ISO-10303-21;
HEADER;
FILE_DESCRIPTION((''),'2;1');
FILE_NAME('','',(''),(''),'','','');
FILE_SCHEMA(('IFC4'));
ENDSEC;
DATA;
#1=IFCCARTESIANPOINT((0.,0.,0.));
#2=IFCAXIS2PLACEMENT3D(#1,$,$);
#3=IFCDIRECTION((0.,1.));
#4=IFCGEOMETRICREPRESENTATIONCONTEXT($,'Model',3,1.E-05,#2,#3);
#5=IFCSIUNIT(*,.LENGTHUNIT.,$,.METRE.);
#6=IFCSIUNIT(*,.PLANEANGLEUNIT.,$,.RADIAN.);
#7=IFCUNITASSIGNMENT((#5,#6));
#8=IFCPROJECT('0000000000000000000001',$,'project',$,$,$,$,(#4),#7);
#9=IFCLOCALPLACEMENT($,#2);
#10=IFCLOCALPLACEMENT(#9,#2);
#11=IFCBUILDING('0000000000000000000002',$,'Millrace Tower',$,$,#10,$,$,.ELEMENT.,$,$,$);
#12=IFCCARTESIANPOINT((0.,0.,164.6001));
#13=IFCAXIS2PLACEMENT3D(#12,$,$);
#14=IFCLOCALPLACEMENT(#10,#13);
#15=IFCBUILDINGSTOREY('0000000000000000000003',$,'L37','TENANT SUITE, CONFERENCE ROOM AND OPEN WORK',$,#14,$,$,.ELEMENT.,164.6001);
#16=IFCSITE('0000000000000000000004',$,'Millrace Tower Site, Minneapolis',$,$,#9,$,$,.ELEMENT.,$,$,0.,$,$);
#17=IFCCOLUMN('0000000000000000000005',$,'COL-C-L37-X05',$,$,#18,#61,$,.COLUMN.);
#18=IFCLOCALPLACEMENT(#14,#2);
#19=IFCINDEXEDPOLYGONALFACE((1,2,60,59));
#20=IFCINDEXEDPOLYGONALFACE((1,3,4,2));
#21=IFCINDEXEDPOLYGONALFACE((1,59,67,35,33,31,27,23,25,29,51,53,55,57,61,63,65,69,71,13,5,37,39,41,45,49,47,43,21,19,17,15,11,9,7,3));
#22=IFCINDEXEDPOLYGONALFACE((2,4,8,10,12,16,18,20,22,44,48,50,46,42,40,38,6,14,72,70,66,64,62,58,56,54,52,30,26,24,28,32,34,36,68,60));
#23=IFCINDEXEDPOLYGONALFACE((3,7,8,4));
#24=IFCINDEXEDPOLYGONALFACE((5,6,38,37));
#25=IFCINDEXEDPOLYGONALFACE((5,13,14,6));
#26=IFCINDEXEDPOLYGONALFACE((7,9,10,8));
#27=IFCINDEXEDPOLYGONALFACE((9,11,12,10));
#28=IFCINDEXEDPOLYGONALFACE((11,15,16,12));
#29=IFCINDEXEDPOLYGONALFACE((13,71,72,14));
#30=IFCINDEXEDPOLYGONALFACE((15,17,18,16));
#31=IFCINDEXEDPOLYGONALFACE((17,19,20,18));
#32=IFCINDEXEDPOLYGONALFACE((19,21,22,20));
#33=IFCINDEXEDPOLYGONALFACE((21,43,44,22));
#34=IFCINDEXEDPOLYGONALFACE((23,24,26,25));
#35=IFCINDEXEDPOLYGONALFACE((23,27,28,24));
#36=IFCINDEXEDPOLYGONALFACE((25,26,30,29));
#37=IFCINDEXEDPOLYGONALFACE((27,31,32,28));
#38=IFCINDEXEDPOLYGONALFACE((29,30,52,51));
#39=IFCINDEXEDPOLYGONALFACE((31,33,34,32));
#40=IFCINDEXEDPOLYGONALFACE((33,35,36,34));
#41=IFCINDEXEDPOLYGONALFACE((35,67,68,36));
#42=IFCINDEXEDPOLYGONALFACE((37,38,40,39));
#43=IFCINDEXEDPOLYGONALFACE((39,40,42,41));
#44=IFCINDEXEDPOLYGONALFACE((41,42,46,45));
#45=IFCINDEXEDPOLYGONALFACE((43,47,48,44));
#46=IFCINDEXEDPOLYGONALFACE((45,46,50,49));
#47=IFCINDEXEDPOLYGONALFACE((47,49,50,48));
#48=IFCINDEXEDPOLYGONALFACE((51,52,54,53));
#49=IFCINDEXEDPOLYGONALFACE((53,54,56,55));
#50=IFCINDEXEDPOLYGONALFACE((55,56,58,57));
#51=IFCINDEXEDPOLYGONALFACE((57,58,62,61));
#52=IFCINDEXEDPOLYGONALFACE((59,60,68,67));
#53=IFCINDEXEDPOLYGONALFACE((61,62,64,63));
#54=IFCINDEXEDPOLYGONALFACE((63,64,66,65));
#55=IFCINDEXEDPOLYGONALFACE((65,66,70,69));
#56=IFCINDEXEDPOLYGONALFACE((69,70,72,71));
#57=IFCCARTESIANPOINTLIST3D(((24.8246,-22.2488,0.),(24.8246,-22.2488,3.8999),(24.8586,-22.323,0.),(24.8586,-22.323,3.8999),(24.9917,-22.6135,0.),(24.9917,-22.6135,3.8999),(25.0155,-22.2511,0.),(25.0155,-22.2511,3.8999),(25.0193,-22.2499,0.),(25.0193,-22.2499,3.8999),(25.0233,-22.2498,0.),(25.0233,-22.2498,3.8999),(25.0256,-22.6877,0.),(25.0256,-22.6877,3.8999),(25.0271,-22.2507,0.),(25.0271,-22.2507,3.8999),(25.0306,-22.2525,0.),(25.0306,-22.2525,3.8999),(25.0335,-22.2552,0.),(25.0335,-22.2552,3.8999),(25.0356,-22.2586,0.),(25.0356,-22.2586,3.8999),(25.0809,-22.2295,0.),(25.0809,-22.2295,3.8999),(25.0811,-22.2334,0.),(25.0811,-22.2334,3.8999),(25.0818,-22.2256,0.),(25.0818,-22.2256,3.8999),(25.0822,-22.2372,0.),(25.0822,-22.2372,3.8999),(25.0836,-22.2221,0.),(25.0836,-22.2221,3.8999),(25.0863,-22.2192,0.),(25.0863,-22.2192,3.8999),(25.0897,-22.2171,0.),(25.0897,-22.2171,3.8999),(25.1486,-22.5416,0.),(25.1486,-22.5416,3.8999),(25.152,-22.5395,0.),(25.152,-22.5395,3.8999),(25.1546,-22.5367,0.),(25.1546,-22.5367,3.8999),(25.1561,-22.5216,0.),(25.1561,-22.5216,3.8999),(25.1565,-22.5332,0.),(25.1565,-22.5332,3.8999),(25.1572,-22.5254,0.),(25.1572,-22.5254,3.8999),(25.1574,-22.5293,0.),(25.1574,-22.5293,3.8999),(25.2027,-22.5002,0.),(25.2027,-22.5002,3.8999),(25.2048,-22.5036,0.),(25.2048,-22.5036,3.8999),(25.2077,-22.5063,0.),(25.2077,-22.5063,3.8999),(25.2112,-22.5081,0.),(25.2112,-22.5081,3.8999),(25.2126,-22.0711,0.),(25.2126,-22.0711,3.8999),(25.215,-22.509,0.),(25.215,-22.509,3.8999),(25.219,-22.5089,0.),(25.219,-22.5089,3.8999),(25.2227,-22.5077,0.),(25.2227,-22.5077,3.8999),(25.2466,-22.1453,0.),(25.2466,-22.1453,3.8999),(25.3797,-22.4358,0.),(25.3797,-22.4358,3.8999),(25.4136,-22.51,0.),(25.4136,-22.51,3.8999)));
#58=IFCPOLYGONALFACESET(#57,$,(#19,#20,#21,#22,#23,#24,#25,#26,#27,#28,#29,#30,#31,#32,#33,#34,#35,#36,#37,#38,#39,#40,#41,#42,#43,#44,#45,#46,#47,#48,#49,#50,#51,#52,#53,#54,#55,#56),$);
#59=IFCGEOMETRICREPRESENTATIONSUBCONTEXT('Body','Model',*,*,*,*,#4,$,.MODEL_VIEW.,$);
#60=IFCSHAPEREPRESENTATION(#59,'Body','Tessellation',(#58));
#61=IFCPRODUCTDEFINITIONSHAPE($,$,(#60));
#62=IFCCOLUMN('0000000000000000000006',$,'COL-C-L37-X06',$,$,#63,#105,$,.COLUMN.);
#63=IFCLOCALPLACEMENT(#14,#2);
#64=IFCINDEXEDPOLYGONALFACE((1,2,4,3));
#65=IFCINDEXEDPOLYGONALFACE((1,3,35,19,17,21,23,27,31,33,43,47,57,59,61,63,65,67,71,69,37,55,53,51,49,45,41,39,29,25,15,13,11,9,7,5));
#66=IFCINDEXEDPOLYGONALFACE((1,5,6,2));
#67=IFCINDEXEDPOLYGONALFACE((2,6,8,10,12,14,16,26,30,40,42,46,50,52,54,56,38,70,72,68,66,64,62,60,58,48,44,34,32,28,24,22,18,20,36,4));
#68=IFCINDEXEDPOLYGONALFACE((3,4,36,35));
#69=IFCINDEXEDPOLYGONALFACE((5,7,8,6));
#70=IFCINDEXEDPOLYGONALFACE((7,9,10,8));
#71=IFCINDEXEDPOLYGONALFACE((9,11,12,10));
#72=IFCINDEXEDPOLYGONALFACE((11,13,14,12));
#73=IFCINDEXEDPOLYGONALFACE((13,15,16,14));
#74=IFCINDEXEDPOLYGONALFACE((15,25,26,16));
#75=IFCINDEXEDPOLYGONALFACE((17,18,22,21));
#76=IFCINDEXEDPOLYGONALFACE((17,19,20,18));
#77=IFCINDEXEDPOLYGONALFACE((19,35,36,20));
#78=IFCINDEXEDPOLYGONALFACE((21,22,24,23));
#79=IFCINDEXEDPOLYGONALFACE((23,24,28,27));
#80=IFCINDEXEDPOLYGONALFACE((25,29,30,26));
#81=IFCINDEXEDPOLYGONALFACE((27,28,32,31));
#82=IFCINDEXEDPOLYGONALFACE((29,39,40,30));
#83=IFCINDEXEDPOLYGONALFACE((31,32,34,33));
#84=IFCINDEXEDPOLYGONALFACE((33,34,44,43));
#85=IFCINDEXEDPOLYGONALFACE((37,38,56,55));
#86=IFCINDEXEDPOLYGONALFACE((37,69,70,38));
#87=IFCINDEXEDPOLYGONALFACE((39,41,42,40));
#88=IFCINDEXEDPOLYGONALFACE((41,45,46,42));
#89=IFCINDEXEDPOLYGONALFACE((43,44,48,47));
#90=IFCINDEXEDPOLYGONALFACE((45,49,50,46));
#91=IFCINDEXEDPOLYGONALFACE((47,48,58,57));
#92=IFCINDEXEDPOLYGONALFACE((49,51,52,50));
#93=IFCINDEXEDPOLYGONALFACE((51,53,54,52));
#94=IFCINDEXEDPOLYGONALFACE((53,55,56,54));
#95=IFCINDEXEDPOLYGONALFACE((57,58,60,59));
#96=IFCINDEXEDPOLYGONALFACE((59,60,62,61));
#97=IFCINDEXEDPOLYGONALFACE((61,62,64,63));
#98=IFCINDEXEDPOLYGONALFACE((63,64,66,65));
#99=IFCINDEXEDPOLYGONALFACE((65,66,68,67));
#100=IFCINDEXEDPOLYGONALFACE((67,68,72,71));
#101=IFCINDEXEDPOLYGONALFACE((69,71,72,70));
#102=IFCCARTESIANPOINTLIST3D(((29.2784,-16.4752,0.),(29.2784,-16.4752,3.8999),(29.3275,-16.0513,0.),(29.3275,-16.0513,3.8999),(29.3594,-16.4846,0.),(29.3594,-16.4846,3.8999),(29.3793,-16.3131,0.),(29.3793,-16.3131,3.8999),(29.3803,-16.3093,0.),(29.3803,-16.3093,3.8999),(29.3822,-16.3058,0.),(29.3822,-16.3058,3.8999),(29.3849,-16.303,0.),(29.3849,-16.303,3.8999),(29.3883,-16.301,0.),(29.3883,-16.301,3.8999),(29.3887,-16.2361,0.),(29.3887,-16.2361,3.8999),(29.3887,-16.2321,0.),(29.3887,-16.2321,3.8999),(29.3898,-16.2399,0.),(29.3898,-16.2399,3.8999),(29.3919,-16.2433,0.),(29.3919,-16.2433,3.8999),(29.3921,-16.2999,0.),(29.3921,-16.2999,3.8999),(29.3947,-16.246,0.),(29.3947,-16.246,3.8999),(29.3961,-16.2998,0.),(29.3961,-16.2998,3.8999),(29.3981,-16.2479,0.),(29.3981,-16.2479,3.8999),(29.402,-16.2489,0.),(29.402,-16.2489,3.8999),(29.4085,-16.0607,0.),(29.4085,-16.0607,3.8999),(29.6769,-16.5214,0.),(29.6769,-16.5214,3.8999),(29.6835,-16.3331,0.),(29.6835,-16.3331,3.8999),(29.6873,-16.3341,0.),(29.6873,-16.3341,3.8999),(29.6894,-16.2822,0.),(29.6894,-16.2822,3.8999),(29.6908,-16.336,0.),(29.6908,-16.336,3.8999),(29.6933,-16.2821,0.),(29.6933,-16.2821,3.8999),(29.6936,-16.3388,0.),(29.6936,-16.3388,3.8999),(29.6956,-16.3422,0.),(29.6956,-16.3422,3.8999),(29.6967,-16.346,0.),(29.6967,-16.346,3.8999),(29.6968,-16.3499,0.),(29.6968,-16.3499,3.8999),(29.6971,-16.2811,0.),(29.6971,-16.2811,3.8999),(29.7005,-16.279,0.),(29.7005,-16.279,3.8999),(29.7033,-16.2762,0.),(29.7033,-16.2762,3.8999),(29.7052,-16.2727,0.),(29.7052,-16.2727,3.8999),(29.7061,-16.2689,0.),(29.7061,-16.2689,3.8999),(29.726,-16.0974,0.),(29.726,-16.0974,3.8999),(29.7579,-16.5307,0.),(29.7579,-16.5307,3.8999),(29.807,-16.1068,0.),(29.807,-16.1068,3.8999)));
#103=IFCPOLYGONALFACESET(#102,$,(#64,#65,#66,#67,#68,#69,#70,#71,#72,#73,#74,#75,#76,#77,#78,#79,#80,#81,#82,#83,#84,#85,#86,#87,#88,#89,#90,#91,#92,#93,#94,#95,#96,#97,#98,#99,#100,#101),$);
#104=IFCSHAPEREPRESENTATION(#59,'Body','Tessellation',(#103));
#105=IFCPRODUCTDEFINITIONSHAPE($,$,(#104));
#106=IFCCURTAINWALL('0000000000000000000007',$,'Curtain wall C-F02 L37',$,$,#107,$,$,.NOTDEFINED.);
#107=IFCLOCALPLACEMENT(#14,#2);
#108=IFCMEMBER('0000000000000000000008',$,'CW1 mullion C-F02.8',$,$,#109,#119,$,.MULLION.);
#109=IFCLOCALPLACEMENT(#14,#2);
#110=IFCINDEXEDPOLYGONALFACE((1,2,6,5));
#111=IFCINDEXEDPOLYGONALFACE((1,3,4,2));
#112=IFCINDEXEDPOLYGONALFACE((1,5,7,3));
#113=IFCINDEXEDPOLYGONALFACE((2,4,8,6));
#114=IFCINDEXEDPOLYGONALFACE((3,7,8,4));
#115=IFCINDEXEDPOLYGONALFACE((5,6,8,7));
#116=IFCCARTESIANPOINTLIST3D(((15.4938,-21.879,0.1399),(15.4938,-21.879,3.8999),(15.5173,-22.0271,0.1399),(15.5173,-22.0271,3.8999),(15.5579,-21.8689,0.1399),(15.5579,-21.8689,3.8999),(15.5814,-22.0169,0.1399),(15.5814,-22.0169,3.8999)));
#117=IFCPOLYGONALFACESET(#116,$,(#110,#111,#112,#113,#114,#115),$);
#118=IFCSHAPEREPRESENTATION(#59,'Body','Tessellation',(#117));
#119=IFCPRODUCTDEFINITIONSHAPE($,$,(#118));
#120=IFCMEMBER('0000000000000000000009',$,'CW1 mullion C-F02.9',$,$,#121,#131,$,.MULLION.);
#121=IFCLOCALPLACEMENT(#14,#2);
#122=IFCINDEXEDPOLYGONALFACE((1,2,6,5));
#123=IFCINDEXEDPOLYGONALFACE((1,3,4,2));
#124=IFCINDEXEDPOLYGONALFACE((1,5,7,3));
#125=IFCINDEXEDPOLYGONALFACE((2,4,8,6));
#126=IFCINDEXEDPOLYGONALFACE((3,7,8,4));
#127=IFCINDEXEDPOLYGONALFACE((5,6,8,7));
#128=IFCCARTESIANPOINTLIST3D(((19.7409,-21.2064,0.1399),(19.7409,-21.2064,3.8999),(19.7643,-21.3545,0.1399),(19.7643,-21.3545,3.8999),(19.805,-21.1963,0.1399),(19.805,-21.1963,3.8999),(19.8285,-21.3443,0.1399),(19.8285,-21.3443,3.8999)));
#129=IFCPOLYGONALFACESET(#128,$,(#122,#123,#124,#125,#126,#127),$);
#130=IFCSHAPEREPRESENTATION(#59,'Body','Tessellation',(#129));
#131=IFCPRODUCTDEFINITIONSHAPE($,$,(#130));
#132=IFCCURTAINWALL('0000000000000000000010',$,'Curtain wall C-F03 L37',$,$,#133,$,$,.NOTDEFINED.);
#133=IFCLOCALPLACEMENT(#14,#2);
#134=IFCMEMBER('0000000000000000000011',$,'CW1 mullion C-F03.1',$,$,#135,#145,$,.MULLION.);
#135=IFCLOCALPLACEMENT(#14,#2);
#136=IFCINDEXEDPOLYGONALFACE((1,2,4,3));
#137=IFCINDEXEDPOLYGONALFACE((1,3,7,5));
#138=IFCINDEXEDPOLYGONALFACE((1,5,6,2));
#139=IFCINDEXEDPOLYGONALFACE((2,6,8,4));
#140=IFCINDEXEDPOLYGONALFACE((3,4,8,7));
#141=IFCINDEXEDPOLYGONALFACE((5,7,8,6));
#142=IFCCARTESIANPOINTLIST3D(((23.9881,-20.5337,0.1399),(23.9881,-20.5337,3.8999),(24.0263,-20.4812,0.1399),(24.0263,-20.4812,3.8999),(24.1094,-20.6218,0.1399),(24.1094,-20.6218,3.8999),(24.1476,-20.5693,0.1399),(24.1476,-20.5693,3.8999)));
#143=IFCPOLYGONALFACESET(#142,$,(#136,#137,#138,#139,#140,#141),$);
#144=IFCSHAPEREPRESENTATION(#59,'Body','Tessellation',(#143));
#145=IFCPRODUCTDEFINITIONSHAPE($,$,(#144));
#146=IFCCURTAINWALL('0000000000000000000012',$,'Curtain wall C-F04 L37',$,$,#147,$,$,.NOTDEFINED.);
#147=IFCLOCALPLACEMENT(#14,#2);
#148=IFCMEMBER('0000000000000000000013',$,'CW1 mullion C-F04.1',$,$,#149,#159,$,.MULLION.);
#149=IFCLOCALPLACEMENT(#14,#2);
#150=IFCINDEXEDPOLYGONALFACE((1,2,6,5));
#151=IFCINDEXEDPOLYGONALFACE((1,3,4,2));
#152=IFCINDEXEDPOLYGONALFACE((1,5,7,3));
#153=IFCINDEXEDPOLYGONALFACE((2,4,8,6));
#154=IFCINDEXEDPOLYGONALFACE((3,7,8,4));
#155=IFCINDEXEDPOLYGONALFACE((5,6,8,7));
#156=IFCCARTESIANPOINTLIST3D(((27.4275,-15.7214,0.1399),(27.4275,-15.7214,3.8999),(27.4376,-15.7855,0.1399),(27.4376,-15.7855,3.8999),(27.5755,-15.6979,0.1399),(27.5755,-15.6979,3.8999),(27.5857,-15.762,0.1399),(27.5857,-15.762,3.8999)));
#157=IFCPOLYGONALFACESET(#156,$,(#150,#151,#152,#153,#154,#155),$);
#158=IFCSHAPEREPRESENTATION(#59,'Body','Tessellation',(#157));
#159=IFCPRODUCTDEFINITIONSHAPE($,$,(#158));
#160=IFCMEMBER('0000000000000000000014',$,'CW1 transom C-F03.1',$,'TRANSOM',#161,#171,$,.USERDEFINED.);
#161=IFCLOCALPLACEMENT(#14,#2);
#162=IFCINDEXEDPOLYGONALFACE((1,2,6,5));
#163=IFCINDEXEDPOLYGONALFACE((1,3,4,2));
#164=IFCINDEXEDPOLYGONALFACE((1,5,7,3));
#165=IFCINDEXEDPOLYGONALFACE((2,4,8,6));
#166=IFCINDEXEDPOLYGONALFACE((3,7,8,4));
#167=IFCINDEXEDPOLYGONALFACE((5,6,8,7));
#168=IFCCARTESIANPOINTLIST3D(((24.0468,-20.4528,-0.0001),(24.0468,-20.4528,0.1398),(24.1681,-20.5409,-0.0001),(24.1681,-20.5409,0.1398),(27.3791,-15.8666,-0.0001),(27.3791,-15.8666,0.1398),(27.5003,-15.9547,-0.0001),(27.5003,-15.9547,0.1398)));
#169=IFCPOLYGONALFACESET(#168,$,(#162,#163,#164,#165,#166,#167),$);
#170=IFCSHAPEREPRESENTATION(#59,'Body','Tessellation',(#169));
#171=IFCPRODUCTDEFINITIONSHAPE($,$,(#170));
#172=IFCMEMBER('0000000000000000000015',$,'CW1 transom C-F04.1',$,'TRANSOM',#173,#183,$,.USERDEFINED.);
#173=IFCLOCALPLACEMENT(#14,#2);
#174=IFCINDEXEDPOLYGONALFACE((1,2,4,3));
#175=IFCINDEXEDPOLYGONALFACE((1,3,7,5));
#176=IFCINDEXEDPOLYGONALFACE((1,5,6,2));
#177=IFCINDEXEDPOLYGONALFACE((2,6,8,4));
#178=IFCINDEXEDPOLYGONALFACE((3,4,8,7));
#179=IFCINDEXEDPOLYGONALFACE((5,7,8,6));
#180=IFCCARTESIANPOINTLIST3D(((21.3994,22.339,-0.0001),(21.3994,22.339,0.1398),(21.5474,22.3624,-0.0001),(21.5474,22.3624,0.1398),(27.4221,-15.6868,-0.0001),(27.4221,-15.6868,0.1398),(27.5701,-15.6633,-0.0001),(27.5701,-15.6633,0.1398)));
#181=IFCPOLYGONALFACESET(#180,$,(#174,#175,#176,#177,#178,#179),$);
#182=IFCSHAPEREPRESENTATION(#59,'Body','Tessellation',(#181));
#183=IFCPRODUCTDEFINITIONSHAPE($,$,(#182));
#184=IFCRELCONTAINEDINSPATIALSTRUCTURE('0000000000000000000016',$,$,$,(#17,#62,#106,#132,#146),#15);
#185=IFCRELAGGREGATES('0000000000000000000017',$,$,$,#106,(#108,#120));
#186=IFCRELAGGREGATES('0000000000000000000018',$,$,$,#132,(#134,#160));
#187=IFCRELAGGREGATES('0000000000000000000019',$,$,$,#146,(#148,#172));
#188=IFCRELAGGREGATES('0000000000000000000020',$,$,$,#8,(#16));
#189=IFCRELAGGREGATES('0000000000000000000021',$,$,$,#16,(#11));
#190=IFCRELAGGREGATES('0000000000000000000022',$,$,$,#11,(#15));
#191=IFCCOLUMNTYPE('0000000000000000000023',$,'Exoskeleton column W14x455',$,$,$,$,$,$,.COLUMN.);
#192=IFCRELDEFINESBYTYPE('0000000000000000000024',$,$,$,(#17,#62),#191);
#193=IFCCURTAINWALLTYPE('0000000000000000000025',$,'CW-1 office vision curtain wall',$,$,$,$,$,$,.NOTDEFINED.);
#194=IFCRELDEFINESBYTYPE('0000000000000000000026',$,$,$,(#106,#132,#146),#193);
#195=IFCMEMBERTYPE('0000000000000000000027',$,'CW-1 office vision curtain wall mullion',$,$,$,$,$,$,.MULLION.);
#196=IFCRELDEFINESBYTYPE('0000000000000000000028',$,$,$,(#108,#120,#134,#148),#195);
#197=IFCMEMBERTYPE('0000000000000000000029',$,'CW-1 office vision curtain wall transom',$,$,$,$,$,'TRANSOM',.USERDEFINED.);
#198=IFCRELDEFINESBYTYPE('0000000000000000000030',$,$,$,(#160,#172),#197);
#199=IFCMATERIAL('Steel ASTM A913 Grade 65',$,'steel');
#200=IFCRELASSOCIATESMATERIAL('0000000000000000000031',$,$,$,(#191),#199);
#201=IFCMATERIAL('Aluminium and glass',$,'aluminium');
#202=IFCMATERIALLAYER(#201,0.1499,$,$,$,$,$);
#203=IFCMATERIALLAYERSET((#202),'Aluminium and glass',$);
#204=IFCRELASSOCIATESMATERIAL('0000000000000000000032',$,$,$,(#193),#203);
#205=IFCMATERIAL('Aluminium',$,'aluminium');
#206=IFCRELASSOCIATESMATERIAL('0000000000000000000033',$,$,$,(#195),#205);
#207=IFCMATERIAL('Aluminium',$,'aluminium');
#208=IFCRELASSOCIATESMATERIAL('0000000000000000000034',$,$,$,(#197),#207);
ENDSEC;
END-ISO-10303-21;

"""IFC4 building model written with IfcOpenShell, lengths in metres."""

from ifc_helpers import new_model, si_unit, direction, frame, origin, origin_2d, place, context, subcontext, project, spatial, rectangle, i_section, extrude, material, layer, layer_set, material_profile, profile_set, type_object, element, aggregate, save


model = new_model("IFC4")

# Units and contexts
model_context = context("Model", 3, precision=1e-05, world=origin(), true_north=direction((0.0, 1.0)))
body_context = subcontext(model_context, "Body", "Model", "MODEL_VIEW")
ifc_project = project(units=[si_unit("LENGTHUNIT", "METRE"), si_unit("PLANEANGLEUNIT", "RADIAN")], contexts=[model_context])

# Site, building, storey
site_placement = place(None, origin())
site = spatial("IfcSite", under=ifc_project, at=site_placement, Name="Millrace Tower Site, Minneapolis", CompositionType="ELEMENT", RefElevation=0.0)
building_placement = place(site_placement, origin())
building = spatial("IfcBuilding", under=site, at=building_placement, Name="Millrace Tower", CompositionType="ELEMENT")
storey_placement = place(building_placement, frame((0.0, 0.0, 164.6001)))
storey = spatial("IfcBuildingStorey", under=building, at=storey_placement, Name="L37", Description="TENANT SUITE, CONFERENCE ROOM AND OPEN WORK", CompositionType="ELEMENT", Elevation=164.6001)

# Columns
ifc_material_1 = material(Name="Steel ASTM A913 Grade 65", Category="steel")
ifc_material_profile_1 = material_profile(ifc_material_1, i_section(OverallWidth=0.4268, OverallDepth=0.4827, WebThickness=0.0513, FlangeThickness=0.0815, FilletRadius=0.0151, at=origin_2d()))
ifc_profile_set_1 = profile_set([ifc_material_profile_1], Name="Steel ASTM A913 Grade 65")
column_type = type_object("IfcColumnType", Name="Exoskeleton column W14x455", PredefinedType="COLUMN", material=ifc_profile_set_1)
for number, where, z_axis, x_axis, name in (
    (1, (25.1191, -22.3794, 0.0), (0.0, 0.0, 1.0), (0.909181, 0.416401, 0.0), "COL-C-L37-X05"),
    (2, (29.5427, -16.291, 0.0), (0.0, 0.0, 1.0), (0.115069, 0.993358, 0.0), "COL-C-L37-X06"),
):
    element("IfcColumn", number, at=place(storey_placement, frame(where, z_axis=z_axis, x_axis=x_axis)), inside=storey, type_object=column_type, Name=name, PredefinedType="COLUMN", context=body_context, shape_type="SweptSolid", body=[
        extrude(i_section(OverallWidth=0.4268, OverallDepth=0.4827, WebThickness=0.0513, FlangeThickness=0.0815, FilletRadius=0.0151, at=origin_2d()), origin(), (0.0, 0.0, 1.0), 3.8999),
    ])

# Curtain wall, members
ifc_material_2 = material(Name="Aluminium and glass", Category="aluminium")
ifc_layer_1 = layer(ifc_material_2, 0.1499)
ifc_layer_set_1 = layer_set([ifc_layer_1], Name="Aluminium and glass")
curtain_wall_type = type_object("IfcCurtainWallType", Name="CW-1 office vision curtain wall", PredefinedType="NOTDEFINED", material=ifc_layer_set_1)
placement = place(storey_placement, origin())
curtain_wall_1 = element("IfcCurtainWall", 3, at=placement, inside=storey, type_object=curtain_wall_type, Name="Curtain wall C-F02 L37", PredefinedType="NOTDEFINED")
ifc_material_3 = material(Name="Aluminium", Category="aluminium")
ifc_material_profile_2 = material_profile(ifc_material_3, rectangle(XDim=0.0649, YDim=0.1499, at=origin_2d()))
ifc_profile_set_2 = profile_set([ifc_material_profile_2], Name="Aluminium")
member_type_1 = type_object("IfcMemberType", Name="CW-1 office vision curtain wall mullion", PredefinedType="MULLION", material=ifc_profile_set_2)
member_1_placement = place(storey_placement, frame((15.5376, -21.948, 0.1399), z_axis=(0.0, 0.0, 1.0), x_axis=(0.987688, 0.156434, 0.0)))
member_1 = element("IfcMember", 4, at=member_1_placement, type_object=member_type_1, Name="CW1 mullion C-F02.8", PredefinedType="MULLION", context=body_context, shape_type="SweptSolid", body=[
    extrude(rectangle(XDim=0.0649, YDim=0.1499, at=origin_2d()), origin(), (0.0, 0.0, 1.0), 3.76),
])
member_2_placement = place(storey_placement, frame((19.7847, -21.2754, 0.1399), z_axis=(0.0, 0.0, 1.0), x_axis=(0.987688, 0.156434, 0.0)))
member_2 = element("IfcMember", 5, at=member_2_placement, type_object=member_type_1, Name="CW1 mullion C-F02.9", PredefinedType="MULLION", context=body_context, shape_type="SweptSolid", body=[
    extrude(rectangle(XDim=0.0649, YDim=0.1499, at=origin_2d()), origin(), (0.0, 0.0, 1.0), 3.76),
])
aggregate(curtain_wall_1, [member_1, member_2])

# Curtain walls, members
curtain_wall_2 = element("IfcCurtainWall", 6, at=placement, inside=storey, type_object=curtain_wall_type, Name="Curtain wall C-F03 L37", PredefinedType="NOTDEFINED")
member_3_placement = place(storey_placement, frame((24.0679, -20.5515, 0.1399), z_axis=(0.0, 0.0, 1.0), x_axis=(0.587785, 0.809017, 0.0)))
member_3 = element("IfcMember", 7, at=member_3_placement, type_object=member_type_1, Name="CW1 mullion C-F03.1", PredefinedType="MULLION", context=body_context, shape_type="SweptSolid", body=[
    extrude(rectangle(XDim=0.0649, YDim=0.1499, at=origin_2d()), origin(), (0.0, 0.0, 1.0), 3.76),
])
curtain_wall_3 = element("IfcCurtainWall", 8, at=placement, inside=storey, type_object=curtain_wall_type, Name="Curtain wall C-F04 L37", PredefinedType="NOTDEFINED")
member_4_placement = place(storey_placement, frame((27.5066, -15.7417, 0.1399), z_axis=(0.0, 0.0, 1.0), x_axis=(-0.156434, 0.987688, 0.0)))
member_4 = element("IfcMember", 9, at=member_4_placement, type_object=member_type_1, Name="CW1 mullion C-F04.1", PredefinedType="MULLION", context=body_context, shape_type="SweptSolid", body=[
    extrude(rectangle(XDim=0.0649, YDim=0.1499, at=origin_2d()), origin(), (0.0, 0.0, 1.0), 3.76),
])

# Members
ifc_material_4 = material(Name="Aluminium", Category="aluminium")
ifc_material_profile_3 = material_profile(ifc_material_4, rectangle(XDim=0.1499, YDim=0.1399, at=origin_2d()))
ifc_profile_set_3 = profile_set([ifc_material_profile_3], Name="Aluminium")
member_type_2 = type_object("IfcMemberType", Name="CW-1 office vision curtain wall transom", ElementType="TRANSOM", PredefinedType="USERDEFINED", material=ifc_profile_set_3)
member_5_placement = place(storey_placement, frame((24.1074, -20.4968, 0.0698), z_axis=(0.587811, 0.808999, 0.0), x_axis=(-0.808999, 0.587811, 0.0)))
member_5 = element("IfcMember", 10, at=member_5_placement, type_object=member_type_2, Name="CW1 transom C-F03.1", ObjectType="TRANSOM", PredefinedType="USERDEFINED", context=body_context, shape_type="SweptSolid", body=[
    extrude(rectangle(XDim=0.1499, YDim=0.1399, at=origin_2d()), origin(), (0.0, 0.0, 1.0), 5.6689),
])
aggregate(curtain_wall_2, [member_3, member_5])
member_6_placement = place(storey_placement, frame((27.4961, -15.675, 0.0698), z_axis=(-0.156434, 0.987688, 0.0), x_axis=(-0.987688, -0.156434, 0.0)))
member_6 = element("IfcMember", 11, at=member_6_placement, type_object=member_type_2, Name="CW1 transom C-F04.1", ObjectType="TRANSOM", PredefinedType="USERDEFINED", context=body_context, shape_type="SweptSolid", body=[
    extrude(rectangle(XDim=0.1499, YDim=0.1399, at=origin_2d()), origin(), (0.0, 0.0, 1.0), 38.4998),
])
aggregate(curtain_wall_3, [member_4, member_6])

save(model, "model.ifc")
